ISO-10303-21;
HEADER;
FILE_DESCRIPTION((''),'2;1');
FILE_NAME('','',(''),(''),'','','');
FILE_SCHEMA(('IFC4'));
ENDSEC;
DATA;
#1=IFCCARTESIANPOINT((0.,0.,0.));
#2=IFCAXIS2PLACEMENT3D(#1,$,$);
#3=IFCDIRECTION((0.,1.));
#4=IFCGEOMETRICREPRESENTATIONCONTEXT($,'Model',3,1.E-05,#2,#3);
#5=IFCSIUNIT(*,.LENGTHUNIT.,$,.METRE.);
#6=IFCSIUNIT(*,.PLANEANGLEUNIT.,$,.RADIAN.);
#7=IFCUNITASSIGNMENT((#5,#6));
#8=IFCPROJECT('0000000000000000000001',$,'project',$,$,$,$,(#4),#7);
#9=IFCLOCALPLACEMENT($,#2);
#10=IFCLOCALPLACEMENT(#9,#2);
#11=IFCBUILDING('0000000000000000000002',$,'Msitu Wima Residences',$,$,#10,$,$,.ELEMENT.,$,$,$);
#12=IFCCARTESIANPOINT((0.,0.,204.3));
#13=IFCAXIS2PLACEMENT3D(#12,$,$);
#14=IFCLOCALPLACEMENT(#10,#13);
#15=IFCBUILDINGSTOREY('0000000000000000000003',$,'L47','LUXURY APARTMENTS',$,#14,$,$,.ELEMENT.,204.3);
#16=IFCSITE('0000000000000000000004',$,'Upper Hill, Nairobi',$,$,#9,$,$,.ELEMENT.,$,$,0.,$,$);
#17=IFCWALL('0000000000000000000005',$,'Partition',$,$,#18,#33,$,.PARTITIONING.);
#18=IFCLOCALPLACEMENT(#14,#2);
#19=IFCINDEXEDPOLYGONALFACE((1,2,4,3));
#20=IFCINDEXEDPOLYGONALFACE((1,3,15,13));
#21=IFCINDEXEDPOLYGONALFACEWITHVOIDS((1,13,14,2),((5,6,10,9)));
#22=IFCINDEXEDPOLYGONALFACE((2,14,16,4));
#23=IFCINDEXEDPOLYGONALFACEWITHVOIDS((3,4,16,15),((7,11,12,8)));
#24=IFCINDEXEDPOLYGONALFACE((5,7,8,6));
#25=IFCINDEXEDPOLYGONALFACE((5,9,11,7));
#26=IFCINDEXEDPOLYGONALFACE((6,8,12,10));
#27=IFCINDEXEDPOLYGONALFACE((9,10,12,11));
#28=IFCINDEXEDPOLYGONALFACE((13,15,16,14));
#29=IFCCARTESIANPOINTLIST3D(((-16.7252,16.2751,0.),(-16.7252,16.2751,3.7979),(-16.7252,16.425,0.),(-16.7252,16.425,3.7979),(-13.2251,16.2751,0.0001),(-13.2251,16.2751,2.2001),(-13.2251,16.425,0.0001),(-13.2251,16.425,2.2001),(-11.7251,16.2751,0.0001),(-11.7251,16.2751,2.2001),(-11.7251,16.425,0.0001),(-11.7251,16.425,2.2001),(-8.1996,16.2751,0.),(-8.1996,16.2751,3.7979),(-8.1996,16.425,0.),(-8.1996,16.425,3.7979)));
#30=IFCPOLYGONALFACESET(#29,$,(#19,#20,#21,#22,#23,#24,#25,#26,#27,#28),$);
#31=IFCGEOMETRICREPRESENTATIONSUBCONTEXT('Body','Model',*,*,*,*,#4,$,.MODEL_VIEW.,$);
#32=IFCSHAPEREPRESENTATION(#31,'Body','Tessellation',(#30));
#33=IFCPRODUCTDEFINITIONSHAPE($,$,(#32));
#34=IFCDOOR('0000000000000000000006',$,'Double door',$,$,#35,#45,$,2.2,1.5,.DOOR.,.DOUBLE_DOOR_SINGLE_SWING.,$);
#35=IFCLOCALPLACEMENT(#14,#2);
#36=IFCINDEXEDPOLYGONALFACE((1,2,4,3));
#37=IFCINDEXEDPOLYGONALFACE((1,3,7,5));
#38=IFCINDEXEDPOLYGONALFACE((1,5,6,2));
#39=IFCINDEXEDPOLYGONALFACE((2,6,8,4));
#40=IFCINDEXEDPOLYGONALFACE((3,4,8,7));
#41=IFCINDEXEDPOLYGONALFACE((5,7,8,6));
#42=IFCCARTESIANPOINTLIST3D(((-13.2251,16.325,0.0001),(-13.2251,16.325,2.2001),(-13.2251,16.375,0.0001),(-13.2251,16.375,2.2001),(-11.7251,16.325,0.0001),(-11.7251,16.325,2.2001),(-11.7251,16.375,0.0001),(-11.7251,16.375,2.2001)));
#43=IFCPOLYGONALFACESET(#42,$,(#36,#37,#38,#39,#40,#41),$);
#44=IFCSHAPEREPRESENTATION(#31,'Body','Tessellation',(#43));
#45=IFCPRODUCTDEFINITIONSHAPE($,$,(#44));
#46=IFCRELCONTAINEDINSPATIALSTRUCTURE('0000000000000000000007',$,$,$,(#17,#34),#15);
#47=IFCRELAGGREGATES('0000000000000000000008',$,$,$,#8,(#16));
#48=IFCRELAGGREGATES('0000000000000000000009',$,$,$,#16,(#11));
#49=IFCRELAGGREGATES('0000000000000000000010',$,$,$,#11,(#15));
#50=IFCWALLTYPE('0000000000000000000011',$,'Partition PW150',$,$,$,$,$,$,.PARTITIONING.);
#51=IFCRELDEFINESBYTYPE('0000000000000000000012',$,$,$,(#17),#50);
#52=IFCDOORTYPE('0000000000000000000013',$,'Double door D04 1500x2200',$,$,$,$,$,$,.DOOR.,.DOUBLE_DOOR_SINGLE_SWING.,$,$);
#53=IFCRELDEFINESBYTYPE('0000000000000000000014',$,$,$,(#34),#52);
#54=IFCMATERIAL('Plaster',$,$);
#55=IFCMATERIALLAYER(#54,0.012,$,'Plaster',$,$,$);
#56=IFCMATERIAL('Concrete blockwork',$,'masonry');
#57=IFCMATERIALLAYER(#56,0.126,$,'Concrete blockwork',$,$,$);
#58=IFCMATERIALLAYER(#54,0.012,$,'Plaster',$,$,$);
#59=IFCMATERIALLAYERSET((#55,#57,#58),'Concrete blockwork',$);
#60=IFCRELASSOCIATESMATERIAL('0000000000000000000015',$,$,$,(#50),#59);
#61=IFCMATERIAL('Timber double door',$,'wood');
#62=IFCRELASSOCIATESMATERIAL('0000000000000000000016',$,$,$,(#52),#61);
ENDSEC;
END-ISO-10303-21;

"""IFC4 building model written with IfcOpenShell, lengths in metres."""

from ifc_helpers import new_model, si_unit, direction, frame, frame_2d, origin, place, context, subcontext, project, spatial, rectangle, extrude, material, layer, layer_set, type_object, element, fill, save


model = new_model("IFC4")

# Units and contexts
model_context = context("Model", 3, precision=1e-05, world=origin(), true_north=direction((0.0, 1.0)))
body_context = subcontext(model_context, "Body", "Model", "MODEL_VIEW")
ifc_project = project(units=[si_unit("LENGTHUNIT", "METRE"), si_unit("PLANEANGLEUNIT", "RADIAN")], contexts=[model_context])

# Site, building, storey
site_placement = place(None, origin())
site = spatial("IfcSite", under=ifc_project, at=site_placement, Name="Upper Hill, Nairobi", CompositionType="ELEMENT", RefElevation=0.0)
building_placement = place(site_placement, origin())
building = spatial("IfcBuilding", under=site, at=building_placement, Name="Msitu Wima Residences", CompositionType="ELEMENT")
storey_placement = place(building_placement, frame((0.0, 0.0, 204.3)))
storey = spatial("IfcBuildingStorey", under=building, at=storey_placement, Name="L47", Description="LUXURY APARTMENTS", CompositionType="ELEMENT", Elevation=204.3)

# Shared definitions
ifc_material_1 = material(Name="Plaster")
ifc_material_2 = material(Name="Concrete blockwork", Category="masonry")
ifc_layer_1 = layer(ifc_material_1, 0.012, Name="Plaster")
ifc_layer_2 = layer(ifc_material_2, 0.126, Name="Concrete blockwork")
ifc_layer_3 = layer(ifc_material_1, 0.012, Name="Plaster")
ifc_layer_set_1 = layer_set([ifc_layer_1, ifc_layer_2, ifc_layer_3], Name="Concrete blockwork")
wall_type_1 = type_object("IfcWallType", Name="Partition PW150", PredefinedType="PARTITIONING", material=ifc_layer_set_1)

# Wall, opening, door
wall_1_placement = place(storey_placement, frame((-16.7251, 16.3501, 0.0), z_axis=(0.0, 0.0, 1.0), x_axis=(1.0, 0.0, 0.0)))
wall_1 = element("IfcWall", 1, at=wall_1_placement, inside=storey, type_object=wall_type_1, Name="Partition", PredefinedType="PARTITIONING", context=body_context, shape_type="SweptSolid", body=[
    extrude(rectangle(XDim=8.5256, YDim=0.1499, at=frame_2d((4.2627, 0.0))), origin(), (0.0, 0.0, 1.0), 3.7979),
])
opening_1_placement = place(wall_1_placement, frame((3.5, 0.0, 0.0)))
opening_1 = element("IfcOpeningElement", 2, at=opening_1_placement, cuts=wall_1, PredefinedType="OPENING", context=body_context, shape_type="SweptSolid", body=[
    extrude(rectangle(XDim=1.5, YDim=2.2, at=frame_2d((0.75, 1.1001))), frame((0.0, 0.085, 0.0), z_axis=(0.0, -1.0, 0.0), x_axis=(1.0, 0.0, 0.0)), (0.0, 0.0, 1.0), 0.1699),
])
ifc_material_3 = material(Name="Timber double door", Category="wood")
door_type_1 = type_object("IfcDoorType", Name="Double door D04 1500x2200", OperationType="DOUBLE_DOOR_SINGLE_SWING", PredefinedType="DOOR", material=ifc_material_3)
door_1_placement = place(opening_1_placement, origin())
door_1 = element("IfcDoor", 3, at=door_1_placement, inside=storey, type_object=door_type_1, Name="Double door", OperationType="DOUBLE_DOOR_SINGLE_SWING", OverallHeight=2.2, OverallWidth=1.5, PredefinedType="DOOR", context=body_context, shape_type="SweptSolid", body=[
    extrude(rectangle(XDim=1.5, YDim=2.2, at=frame_2d((0.75, 1.1001))), frame((0.0, 0.0249, 0.0), z_axis=(0.0, -1.0, 0.0), x_axis=(1.0, 0.0, 0.0)), (0.0, 0.0, 1.0), 0.05),
])
fill(opening_1, door_1)

save(model, "model.ifc")
